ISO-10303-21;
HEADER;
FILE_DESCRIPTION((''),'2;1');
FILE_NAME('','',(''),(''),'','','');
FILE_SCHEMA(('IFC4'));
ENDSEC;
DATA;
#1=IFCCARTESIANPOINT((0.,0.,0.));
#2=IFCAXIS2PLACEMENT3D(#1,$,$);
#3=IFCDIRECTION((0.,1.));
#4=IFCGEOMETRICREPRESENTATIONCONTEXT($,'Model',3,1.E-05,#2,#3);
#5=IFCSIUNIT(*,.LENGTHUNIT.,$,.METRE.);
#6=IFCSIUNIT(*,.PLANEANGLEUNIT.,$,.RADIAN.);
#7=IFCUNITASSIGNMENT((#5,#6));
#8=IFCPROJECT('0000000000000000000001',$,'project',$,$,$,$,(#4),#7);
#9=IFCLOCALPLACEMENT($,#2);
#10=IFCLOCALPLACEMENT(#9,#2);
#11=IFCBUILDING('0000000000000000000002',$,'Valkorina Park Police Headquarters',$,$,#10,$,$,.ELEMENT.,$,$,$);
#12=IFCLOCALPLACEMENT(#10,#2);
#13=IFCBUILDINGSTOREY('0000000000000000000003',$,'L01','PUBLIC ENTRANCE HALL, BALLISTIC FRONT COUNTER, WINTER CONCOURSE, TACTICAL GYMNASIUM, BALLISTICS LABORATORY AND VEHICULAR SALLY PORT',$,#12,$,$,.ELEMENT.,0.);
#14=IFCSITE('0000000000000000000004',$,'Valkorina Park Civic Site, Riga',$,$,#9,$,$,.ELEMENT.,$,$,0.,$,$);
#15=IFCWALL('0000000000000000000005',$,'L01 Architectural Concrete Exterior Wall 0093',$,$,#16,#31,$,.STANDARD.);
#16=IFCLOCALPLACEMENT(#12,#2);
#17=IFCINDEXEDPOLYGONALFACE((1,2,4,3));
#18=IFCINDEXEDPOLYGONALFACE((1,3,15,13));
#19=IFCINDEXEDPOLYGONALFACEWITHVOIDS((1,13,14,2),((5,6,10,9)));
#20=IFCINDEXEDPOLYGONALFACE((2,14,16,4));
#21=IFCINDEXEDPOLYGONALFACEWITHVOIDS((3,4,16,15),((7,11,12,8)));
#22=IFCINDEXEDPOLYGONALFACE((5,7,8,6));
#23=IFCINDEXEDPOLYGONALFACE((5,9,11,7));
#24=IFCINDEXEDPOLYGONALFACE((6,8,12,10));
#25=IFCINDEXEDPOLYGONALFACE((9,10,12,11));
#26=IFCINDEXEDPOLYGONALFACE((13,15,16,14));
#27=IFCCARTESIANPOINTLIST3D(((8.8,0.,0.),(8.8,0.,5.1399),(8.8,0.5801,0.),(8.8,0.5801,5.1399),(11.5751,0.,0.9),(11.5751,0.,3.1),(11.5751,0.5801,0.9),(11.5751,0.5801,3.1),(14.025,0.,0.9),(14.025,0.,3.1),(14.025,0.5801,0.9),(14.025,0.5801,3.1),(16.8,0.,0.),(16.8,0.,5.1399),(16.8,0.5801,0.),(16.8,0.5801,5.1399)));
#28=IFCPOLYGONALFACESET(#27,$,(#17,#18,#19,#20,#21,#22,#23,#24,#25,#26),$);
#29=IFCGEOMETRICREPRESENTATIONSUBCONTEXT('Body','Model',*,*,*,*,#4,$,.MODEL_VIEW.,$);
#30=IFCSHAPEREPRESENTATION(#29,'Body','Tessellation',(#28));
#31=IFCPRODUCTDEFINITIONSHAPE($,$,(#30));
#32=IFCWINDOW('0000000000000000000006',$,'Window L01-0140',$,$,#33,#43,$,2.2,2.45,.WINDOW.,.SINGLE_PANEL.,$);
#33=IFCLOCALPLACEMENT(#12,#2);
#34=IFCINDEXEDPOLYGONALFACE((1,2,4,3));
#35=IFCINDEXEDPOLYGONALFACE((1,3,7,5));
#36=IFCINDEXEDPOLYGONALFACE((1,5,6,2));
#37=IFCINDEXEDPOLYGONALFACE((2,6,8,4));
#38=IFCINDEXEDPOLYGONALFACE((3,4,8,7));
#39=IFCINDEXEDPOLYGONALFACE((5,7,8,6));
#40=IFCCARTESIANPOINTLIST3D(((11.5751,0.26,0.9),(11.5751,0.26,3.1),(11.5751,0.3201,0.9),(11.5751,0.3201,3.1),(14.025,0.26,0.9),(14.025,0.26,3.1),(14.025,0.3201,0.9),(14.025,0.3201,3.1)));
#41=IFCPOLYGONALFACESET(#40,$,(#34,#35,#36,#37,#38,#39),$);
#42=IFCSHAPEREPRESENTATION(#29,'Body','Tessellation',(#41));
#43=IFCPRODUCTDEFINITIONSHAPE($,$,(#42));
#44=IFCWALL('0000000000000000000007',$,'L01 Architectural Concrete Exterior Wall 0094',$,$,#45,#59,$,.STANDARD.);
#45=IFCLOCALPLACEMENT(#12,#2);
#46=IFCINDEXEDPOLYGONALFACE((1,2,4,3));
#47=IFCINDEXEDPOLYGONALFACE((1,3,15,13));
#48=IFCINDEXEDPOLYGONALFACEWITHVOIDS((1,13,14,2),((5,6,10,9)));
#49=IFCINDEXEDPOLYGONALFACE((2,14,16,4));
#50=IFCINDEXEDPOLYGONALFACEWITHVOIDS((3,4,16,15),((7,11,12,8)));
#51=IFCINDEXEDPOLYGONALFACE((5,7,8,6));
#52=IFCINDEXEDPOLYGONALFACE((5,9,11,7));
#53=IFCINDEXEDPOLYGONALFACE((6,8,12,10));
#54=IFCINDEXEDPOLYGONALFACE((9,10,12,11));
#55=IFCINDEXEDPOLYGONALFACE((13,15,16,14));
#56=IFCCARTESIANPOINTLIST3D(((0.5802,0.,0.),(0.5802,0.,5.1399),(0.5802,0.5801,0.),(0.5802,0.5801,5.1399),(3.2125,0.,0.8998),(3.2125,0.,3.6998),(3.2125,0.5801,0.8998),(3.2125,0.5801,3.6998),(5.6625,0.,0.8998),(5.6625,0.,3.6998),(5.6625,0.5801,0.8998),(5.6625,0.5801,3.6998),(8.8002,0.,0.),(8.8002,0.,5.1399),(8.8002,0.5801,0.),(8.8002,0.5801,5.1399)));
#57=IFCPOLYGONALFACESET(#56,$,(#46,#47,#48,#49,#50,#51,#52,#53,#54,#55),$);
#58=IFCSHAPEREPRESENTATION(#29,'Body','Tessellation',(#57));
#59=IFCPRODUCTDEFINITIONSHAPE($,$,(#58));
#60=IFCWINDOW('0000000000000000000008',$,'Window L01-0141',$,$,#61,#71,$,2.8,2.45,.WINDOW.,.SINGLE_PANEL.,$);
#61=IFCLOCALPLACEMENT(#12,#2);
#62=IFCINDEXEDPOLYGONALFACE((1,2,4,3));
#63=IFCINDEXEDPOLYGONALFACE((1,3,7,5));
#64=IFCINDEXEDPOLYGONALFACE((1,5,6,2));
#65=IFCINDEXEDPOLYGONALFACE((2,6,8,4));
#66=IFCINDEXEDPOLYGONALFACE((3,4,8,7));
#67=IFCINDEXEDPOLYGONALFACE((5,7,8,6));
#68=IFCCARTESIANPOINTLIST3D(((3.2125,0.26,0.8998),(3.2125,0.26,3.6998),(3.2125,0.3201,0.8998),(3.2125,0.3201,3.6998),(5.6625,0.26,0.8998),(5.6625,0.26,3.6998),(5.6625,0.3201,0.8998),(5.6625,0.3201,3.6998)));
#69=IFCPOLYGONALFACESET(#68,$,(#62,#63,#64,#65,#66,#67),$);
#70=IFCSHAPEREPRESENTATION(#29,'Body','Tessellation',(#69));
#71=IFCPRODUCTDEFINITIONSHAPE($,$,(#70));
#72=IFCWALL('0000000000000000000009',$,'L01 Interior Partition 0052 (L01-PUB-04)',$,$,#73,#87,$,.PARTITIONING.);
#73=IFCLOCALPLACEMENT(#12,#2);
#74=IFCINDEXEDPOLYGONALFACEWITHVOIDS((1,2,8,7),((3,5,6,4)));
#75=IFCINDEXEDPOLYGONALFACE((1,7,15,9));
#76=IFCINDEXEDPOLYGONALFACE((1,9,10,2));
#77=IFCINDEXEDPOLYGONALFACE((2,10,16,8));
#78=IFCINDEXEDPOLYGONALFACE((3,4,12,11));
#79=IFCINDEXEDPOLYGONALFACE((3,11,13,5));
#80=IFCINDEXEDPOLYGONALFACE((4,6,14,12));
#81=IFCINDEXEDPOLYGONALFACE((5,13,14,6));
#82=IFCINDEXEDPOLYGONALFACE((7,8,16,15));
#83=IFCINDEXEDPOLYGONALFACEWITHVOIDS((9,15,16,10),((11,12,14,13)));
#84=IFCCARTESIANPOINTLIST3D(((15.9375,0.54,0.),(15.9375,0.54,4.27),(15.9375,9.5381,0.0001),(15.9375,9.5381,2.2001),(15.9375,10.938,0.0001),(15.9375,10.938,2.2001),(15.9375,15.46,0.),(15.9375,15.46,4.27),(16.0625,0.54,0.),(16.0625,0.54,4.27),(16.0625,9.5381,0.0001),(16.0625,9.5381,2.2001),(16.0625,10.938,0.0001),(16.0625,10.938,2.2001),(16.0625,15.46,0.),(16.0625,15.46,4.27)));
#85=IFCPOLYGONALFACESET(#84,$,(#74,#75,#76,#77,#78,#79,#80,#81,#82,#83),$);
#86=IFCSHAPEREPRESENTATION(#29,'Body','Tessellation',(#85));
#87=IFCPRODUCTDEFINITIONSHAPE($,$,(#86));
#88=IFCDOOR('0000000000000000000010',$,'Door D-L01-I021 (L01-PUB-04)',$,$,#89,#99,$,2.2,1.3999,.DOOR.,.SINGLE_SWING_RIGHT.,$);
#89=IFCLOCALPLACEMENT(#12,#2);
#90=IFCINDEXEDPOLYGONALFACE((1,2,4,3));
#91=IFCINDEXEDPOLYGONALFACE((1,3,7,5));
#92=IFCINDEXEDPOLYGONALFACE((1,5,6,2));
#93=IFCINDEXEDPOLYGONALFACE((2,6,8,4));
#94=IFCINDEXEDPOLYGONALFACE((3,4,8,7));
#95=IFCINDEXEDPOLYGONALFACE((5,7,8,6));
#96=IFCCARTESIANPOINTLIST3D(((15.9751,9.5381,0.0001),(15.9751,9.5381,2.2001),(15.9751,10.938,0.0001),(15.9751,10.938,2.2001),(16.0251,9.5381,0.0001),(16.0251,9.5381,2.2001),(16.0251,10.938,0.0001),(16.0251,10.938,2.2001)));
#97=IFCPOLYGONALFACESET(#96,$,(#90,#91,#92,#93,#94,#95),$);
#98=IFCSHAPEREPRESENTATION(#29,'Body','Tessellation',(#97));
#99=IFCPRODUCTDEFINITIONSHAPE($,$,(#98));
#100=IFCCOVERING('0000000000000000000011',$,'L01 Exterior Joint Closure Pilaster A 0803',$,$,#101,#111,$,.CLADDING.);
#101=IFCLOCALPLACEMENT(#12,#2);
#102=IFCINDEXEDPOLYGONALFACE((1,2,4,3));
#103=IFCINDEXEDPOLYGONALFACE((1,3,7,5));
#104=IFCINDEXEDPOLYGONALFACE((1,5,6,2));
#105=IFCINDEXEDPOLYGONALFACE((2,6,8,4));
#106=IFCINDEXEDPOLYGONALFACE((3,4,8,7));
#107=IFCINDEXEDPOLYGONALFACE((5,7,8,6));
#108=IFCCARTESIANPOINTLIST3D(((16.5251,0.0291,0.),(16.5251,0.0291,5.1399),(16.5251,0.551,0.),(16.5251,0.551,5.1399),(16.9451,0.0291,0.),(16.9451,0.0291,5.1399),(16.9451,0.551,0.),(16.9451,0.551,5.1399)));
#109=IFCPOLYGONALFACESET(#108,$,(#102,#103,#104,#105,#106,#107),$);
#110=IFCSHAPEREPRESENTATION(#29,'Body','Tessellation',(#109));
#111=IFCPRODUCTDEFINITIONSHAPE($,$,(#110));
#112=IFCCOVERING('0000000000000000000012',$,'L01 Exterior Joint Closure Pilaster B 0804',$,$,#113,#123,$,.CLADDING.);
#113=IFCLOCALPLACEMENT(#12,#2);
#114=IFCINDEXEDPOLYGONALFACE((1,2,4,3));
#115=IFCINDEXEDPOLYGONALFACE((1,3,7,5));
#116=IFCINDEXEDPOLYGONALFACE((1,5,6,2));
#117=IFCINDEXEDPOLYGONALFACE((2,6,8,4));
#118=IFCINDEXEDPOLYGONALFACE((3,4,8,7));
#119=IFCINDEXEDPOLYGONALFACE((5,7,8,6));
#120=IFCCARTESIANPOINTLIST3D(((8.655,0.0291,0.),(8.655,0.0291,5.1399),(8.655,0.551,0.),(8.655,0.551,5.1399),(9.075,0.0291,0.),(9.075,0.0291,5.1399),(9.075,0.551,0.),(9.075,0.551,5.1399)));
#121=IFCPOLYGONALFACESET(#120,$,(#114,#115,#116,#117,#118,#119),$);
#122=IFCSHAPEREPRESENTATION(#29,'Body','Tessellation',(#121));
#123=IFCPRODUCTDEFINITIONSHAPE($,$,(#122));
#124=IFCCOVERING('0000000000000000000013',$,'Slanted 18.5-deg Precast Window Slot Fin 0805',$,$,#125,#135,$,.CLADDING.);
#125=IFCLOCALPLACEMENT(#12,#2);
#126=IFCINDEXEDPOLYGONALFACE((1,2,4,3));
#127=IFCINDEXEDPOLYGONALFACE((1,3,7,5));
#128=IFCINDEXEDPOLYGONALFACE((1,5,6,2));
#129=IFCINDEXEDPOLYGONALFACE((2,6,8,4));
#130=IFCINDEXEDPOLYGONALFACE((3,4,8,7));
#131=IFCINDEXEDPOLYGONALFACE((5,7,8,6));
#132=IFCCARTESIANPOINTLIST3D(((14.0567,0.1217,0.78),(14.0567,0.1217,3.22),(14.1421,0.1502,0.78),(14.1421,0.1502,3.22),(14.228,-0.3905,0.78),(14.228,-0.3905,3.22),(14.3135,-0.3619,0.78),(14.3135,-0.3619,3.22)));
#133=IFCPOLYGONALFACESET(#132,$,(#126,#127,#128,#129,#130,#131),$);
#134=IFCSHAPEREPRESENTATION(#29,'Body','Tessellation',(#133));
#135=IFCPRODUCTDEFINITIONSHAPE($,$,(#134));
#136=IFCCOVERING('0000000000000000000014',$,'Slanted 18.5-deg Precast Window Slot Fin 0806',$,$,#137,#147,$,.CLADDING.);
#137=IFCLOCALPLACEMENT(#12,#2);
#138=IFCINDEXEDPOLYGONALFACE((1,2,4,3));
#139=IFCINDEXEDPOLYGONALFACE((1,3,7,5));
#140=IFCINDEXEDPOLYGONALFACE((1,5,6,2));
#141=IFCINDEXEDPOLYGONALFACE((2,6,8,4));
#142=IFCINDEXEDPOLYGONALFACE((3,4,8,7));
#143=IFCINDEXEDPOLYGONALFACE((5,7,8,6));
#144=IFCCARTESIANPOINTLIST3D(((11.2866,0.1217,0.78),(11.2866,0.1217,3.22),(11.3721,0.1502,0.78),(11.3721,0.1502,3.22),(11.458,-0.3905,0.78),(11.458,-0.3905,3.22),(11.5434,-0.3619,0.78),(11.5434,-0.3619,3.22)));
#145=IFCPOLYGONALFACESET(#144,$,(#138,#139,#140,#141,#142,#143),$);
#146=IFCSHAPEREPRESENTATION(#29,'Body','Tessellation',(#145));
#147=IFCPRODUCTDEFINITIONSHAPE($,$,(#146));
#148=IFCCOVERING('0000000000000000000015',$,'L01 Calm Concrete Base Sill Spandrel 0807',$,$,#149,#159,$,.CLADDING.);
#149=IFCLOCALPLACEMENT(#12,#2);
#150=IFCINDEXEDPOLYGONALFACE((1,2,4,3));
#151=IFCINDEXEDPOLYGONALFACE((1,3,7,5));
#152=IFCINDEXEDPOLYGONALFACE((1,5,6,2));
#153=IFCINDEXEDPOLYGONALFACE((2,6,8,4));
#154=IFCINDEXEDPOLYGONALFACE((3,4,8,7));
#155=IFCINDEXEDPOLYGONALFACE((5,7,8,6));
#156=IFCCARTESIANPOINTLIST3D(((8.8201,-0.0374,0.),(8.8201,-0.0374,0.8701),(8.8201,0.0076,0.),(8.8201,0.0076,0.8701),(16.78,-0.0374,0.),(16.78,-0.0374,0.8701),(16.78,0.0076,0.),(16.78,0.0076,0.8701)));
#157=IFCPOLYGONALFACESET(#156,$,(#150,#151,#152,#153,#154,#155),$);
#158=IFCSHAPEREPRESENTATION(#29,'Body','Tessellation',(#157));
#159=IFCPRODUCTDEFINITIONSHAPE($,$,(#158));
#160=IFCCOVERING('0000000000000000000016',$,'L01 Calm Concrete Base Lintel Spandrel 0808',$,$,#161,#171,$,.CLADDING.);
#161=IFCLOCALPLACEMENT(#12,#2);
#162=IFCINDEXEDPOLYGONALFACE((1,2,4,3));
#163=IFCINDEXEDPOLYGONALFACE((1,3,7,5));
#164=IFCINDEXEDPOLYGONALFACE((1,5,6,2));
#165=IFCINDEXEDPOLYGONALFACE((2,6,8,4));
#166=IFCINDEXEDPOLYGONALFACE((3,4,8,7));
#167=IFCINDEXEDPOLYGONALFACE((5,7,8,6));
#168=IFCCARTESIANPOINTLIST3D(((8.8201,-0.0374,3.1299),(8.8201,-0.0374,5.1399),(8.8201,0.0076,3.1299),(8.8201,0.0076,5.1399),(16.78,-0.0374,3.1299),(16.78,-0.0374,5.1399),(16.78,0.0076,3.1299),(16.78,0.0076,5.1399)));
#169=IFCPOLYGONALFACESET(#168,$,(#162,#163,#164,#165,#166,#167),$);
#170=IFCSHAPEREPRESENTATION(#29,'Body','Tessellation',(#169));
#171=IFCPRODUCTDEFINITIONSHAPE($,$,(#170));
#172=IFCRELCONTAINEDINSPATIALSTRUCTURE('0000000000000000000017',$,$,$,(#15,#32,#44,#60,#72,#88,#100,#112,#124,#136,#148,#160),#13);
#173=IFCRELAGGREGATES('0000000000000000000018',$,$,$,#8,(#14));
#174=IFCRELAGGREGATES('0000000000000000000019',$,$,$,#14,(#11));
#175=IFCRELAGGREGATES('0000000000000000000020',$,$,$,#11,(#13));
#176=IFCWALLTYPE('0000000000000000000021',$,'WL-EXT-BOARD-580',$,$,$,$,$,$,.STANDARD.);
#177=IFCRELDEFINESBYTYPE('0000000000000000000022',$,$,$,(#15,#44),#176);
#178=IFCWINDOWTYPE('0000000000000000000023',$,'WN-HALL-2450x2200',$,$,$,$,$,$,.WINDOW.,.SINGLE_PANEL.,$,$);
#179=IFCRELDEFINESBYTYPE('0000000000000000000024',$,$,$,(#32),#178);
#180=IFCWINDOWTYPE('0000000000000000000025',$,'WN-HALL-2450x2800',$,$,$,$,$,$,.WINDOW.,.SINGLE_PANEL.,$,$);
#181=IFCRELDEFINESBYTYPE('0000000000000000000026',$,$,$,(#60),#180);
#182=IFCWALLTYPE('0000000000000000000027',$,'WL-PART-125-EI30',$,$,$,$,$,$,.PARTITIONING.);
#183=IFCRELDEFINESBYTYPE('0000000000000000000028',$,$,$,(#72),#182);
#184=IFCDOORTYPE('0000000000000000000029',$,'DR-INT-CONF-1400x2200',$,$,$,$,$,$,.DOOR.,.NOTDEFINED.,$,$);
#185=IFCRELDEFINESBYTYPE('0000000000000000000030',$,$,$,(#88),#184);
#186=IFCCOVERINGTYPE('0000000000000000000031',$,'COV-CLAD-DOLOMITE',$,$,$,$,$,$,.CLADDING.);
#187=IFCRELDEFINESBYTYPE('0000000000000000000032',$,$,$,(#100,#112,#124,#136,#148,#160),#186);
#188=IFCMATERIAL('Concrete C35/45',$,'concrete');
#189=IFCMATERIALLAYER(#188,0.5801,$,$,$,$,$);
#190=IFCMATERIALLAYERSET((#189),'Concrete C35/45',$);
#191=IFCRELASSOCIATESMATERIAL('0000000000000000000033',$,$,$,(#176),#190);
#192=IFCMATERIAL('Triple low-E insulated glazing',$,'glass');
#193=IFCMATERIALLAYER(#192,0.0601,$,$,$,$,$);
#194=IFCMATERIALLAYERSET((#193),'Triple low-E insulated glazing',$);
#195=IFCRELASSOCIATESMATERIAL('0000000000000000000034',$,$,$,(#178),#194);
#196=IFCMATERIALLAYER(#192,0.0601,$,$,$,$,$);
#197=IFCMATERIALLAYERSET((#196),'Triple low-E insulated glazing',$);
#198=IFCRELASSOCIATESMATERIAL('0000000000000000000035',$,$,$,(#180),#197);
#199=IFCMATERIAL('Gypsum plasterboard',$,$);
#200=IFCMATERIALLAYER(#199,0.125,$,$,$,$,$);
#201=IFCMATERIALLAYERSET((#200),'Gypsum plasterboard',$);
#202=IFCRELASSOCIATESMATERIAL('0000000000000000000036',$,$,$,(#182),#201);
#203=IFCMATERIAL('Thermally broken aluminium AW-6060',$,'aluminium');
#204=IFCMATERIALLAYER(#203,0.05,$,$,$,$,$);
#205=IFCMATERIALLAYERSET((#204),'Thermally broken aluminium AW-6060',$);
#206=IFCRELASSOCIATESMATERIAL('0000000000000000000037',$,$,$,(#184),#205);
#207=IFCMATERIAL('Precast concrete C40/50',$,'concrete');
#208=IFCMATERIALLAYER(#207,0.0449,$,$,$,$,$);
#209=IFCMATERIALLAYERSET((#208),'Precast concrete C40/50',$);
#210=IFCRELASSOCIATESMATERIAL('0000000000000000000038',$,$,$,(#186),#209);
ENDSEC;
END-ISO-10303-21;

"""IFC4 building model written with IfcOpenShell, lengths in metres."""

from ifc_helpers import new_model, si_unit, direction, frame, frame_2d, origin, origin_2d, place, context, subcontext, project, spatial, rectangle, extrude, material, layer, layer_set, type_object, element, fill, save


model = new_model("IFC4")

# Units and contexts
model_context = context("Model", 3, precision=1e-05, world=origin(), true_north=direction((0.0, 1.0)))
body_context = subcontext(model_context, "Body", "Model", "MODEL_VIEW")
ifc_project = project(units=[si_unit("LENGTHUNIT", "METRE"), si_unit("PLANEANGLEUNIT", "RADIAN")], contexts=[model_context])

# Site, building, storey
site_placement = place(None, origin())
site = spatial("IfcSite", under=ifc_project, at=site_placement, Name="Valkorina Park Civic Site, Riga", CompositionType="ELEMENT", RefElevation=0.0)
building_placement = place(site_placement, origin())
building = spatial("IfcBuilding", under=site, at=building_placement, Name="Valkorina Park Police Headquarters", CompositionType="ELEMENT")
storey_placement = place(building_placement, origin())
storey = spatial("IfcBuildingStorey", under=building, at=storey_placement, Name="L01", Description="PUBLIC ENTRANCE HALL, BALLISTIC FRONT COUNTER, WINTER CONCOURSE, TACTICAL GYMNASIUM, BALLISTICS LABORATORY AND VEHICULAR SALLY PORT", CompositionType="ELEMENT", Elevation=0.0)

# Walls, openings, windows
ifc_material_1 = material(Name="Concrete C35/45", Category="concrete")
ifc_layer_1 = layer(ifc_material_1, 0.5801)
ifc_layer_set_1 = layer_set([ifc_layer_1], Name="Concrete C35/45")
wall_type_1 = type_object("IfcWallType", Name="WL-EXT-BOARD-580", PredefinedType="STANDARD", material=ifc_layer_set_1)
wall_1_placement = place(storey_placement, frame((16.8, 0.29, 0.0), z_axis=(0.0, 0.0, 1.0), x_axis=(-1.0, 0.0, 0.0)))
wall_1 = element("IfcWall", 1, at=wall_1_placement, inside=storey, type_object=wall_type_1, Name="L01 Architectural Concrete Exterior Wall 0093", PredefinedType="STANDARD", context=body_context, shape_type="SweptSolid", body=[
    extrude(rectangle(XDim=8.0, YDim=0.5801, at=frame_2d((4.0, 0.0))), origin(), (0.0, 0.0, 1.0), 5.1399),
])
opening_1_placement = place(wall_1_placement, frame((2.7749, 0.0, 0.8999)))
opening_1 = element("IfcOpeningElement", 2, at=opening_1_placement, cuts=wall_1, PredefinedType="OPENING", context=body_context, shape_type="SweptSolid", body=[
    extrude(rectangle(XDim=2.45, YDim=2.2, at=frame_2d((1.2251, 1.1001))), frame((0.0, 0.3, 0.0), z_axis=(0.0, -1.0, 0.0), x_axis=(1.0, 0.0, 0.0)), (0.0, 0.0, 1.0), 0.6001),
])
ifc_material_2 = material(Name="Triple low-E insulated glazing", Category="glass")
ifc_layer_2 = layer(ifc_material_2, 0.0601)
ifc_layer_set_2 = layer_set([ifc_layer_2], Name="Triple low-E insulated glazing")
window_type_1 = type_object("IfcWindowType", Name="WN-HALL-2450x2200", PartitioningType="SINGLE_PANEL", PredefinedType="WINDOW", material=ifc_layer_set_2)
window_1_placement = place(opening_1_placement, origin())
window_1 = element("IfcWindow", 3, at=window_1_placement, inside=storey, type_object=window_type_1, Name="Window L01-0140", OverallHeight=2.2, OverallWidth=2.45, PartitioningType="SINGLE_PANEL", PredefinedType="WINDOW", context=body_context, shape_type="SweptSolid", body=[
    extrude(rectangle(XDim=2.45, YDim=2.2, at=frame_2d((1.2251, 1.1001))), frame((0.0, 0.03, 0.0), z_axis=(0.0, -1.0, 0.0), x_axis=(1.0, 0.0, 0.0)), (0.0, 0.0, 1.0), 0.0601),
])
fill(opening_1, window_1)
wall_2_placement = place(storey_placement, frame((8.8, 0.29, 0.0), z_axis=(0.0, 0.0, 1.0), x_axis=(-1.0, 0.0, 0.0)))
wall_2 = element("IfcWall", 4, at=wall_2_placement, inside=storey, type_object=wall_type_1, Name="L01 Architectural Concrete Exterior Wall 0094", PredefinedType="STANDARD", context=body_context, shape_type="SweptSolid", body=[
    extrude(rectangle(XDim=8.22, YDim=0.5801, at=frame_2d((4.1099, 0.0))), origin(), (0.0, 0.0, 1.0), 5.1399),
])
opening_2_placement = place(wall_2_placement, frame((3.1375, 0.0, 0.8999)))
opening_2 = element("IfcOpeningElement", 5, at=opening_2_placement, cuts=wall_2, PredefinedType="OPENING", context=body_context, shape_type="SweptSolid", body=[
    extrude(rectangle(XDim=2.45, YDim=2.8, at=frame_2d((1.2251, 1.3999))), frame((0.0, 0.3, 0.0), z_axis=(0.0, -1.0, 0.0), x_axis=(1.0, 0.0, 0.0)), (0.0, 0.0, 1.0), 0.6001),
])
ifc_layer_3 = layer(ifc_material_2, 0.0601)
ifc_layer_set_3 = layer_set([ifc_layer_3], Name="Triple low-E insulated glazing")
window_type_2 = type_object("IfcWindowType", Name="WN-HALL-2450x2800", PartitioningType="SINGLE_PANEL", PredefinedType="WINDOW", material=ifc_layer_set_3)
window_2_placement = place(opening_2_placement, origin())
window_2 = element("IfcWindow", 6, at=window_2_placement, inside=storey, type_object=window_type_2, Name="Window L01-0141", OverallHeight=2.8, OverallWidth=2.45, PartitioningType="SINGLE_PANEL", PredefinedType="WINDOW", context=body_context, shape_type="SweptSolid", body=[
    extrude(rectangle(XDim=2.45, YDim=2.8, at=frame_2d((1.2251, 1.3999))), frame((0.0, 0.03, 0.0), z_axis=(0.0, -1.0, 0.0), x_axis=(1.0, 0.0, 0.0)), (0.0, 0.0, 1.0), 0.0601),
])
fill(opening_2, window_2)

# Wall, opening, door
ifc_material_3 = material(Name="Gypsum plasterboard")
ifc_layer_4 = layer(ifc_material_3, 0.125)
ifc_layer_set_4 = layer_set([ifc_layer_4], Name="Gypsum plasterboard")
wall_type_2 = type_object("IfcWallType", Name="WL-PART-125-EI30", PredefinedType="PARTITIONING", material=ifc_layer_set_4)
wall_3_placement = place(storey_placement, frame((16.0, 0.54, 0.0), z_axis=(0.0, 0.0, 1.0), x_axis=(0.0, 1.0, 0.0)))
wall_3 = element("IfcWall", 7, at=wall_3_placement, inside=storey, type_object=wall_type_2, Name="L01 Interior Partition 0052 (L01-PUB-04)", PredefinedType="PARTITIONING", context=body_context, shape_type="SweptSolid", body=[
    extrude(rectangle(XDim=14.9199, YDim=0.125, at=frame_2d((7.46, 0.0))), origin(), (0.0, 0.0, 1.0), 4.27),
])
opening_3_placement = place(wall_3_placement, frame((8.998, 0.0, 0.0)))
opening_3 = element("IfcOpeningElement", 8, at=opening_3_placement, cuts=wall_3, PredefinedType="OPENING", context=body_context, shape_type="SweptSolid", body=[
    extrude(rectangle(XDim=1.3999, YDim=2.2, at=frame_2d((0.7, 1.1001))), frame((0.0, 0.0725, 0.0), z_axis=(0.0, -1.0, 0.0), x_axis=(1.0, 0.0, 0.0)), (0.0, 0.0, 1.0), 0.145),
])
ifc_material_4 = material(Name="Thermally broken aluminium AW-6060", Category="aluminium")
ifc_layer_5 = layer(ifc_material_4, 0.05)
ifc_layer_set_5 = layer_set([ifc_layer_5], Name="Thermally broken aluminium AW-6060")
door_type = type_object("IfcDoorType", Name="DR-INT-CONF-1400x2200", OperationType="NOTDEFINED", PredefinedType="DOOR", material=ifc_layer_set_5)
door_placement = place(opening_3_placement, origin())
door = element("IfcDoor", 9, at=door_placement, inside=storey, type_object=door_type, Name="Door D-L01-I021 (L01-PUB-04)", OperationType="SINGLE_SWING_RIGHT", OverallHeight=2.2, OverallWidth=1.3999, PredefinedType="DOOR", context=body_context, shape_type="SweptSolid", body=[
    extrude(rectangle(XDim=1.3999, YDim=2.2, at=frame_2d((0.7, 1.1001))), frame((0.0, 0.0249, 0.0), z_axis=(0.0, -1.0, 0.0), x_axis=(1.0, 0.0, 0.0)), (0.0, 0.0, 1.0), 0.05),
])
fill(opening_3, door)

# Coverings
ifc_material_5 = material(Name="Precast concrete C40/50", Category="concrete")
ifc_layer_6 = layer(ifc_material_5, 0.0449)
ifc_layer_set_6 = layer_set([ifc_layer_6], Name="Precast concrete C40/50")
covering_type = type_object("IfcCoveringType", Name="COV-CLAD-DOLOMITE", PredefinedType="CLADDING", material=ifc_layer_set_6)
for number, where, z_axis, x_axis, name in (
    (10, (16.7351, 0.29, 0.0), (0.0, 0.0, 1.0), (1.0, 0.0, 0.0), "L01 Exterior Joint Closure Pilaster A 0803"),
    (11, (8.865, 0.29, 0.0), (0.0, 0.0, 1.0), (1.0, 0.0, 0.0), "L01 Exterior Joint Closure Pilaster B 0804"),
):
    element("IfcCovering", number, at=place(storey_placement, frame(where, z_axis=z_axis, x_axis=x_axis)), inside=storey, type_object=covering_type, Name=name, PredefinedType="CLADDING", context=body_context, shape_type="SweptSolid", body=[
        extrude(rectangle(XDim=0.4199, YDim=0.522, at=origin_2d()), origin(), (0.0, 0.0, 1.0), 5.1399),
    ])
for number, where, z_axis, x_axis, name in (
    (12, (14.1851, -0.1201, 0.78), (0.0, 0.0, 1.0), (0.317305, -0.948324, 0.0), "Slanted 18.5-deg Precast Window Slot Fin 0805"),
    (13, (11.415, -0.1201, 0.78), (0.0, 0.0, 1.0), (0.317305, -0.948324, 0.0), "Slanted 18.5-deg Precast Window Slot Fin 0806"),
):
    element("IfcCovering", number, at=place(storey_placement, frame(where, z_axis=z_axis, x_axis=x_axis)), inside=storey, type_object=covering_type, Name=name, PredefinedType="CLADDING", context=body_context, shape_type="SweptSolid", body=[
        extrude(rectangle(XDim=0.54, YDim=0.0901, at=origin_2d()), origin(), (0.0, 0.0, 1.0), 2.4399),
    ])
covering_1_placement = place(storey_placement, frame((16.78, -0.0149, 0.0), z_axis=(0.0, 0.0, 1.0), x_axis=(-1.0, 0.0, 0.0)))
element("IfcCovering", 14, at=covering_1_placement, inside=storey, type_object=covering_type, Name="L01 Calm Concrete Base Sill Spandrel 0807", PredefinedType="CLADDING", context=body_context, shape_type="SweptSolid", body=[
    extrude(rectangle(XDim=7.96, YDim=0.0449, at=frame_2d((3.98, 0.0))), origin(), (0.0, 0.0, 1.0), 0.8701),
])
covering_2_placement = place(storey_placement, frame((16.78, -0.0149, 3.1299), z_axis=(0.0, 0.0, 1.0), x_axis=(-1.0, 0.0, 0.0)))
element("IfcCovering", 15, at=covering_2_placement, inside=storey, type_object=covering_type, Name="L01 Calm Concrete Base Lintel Spandrel 0808", PredefinedType="CLADDING", context=body_context, shape_type="SweptSolid", body=[
    extrude(rectangle(XDim=7.96, YDim=0.0449, at=frame_2d((3.98, 0.0))), origin(), (0.0, 0.0, 1.0), 2.01),
])

save(model, "model.ifc")
